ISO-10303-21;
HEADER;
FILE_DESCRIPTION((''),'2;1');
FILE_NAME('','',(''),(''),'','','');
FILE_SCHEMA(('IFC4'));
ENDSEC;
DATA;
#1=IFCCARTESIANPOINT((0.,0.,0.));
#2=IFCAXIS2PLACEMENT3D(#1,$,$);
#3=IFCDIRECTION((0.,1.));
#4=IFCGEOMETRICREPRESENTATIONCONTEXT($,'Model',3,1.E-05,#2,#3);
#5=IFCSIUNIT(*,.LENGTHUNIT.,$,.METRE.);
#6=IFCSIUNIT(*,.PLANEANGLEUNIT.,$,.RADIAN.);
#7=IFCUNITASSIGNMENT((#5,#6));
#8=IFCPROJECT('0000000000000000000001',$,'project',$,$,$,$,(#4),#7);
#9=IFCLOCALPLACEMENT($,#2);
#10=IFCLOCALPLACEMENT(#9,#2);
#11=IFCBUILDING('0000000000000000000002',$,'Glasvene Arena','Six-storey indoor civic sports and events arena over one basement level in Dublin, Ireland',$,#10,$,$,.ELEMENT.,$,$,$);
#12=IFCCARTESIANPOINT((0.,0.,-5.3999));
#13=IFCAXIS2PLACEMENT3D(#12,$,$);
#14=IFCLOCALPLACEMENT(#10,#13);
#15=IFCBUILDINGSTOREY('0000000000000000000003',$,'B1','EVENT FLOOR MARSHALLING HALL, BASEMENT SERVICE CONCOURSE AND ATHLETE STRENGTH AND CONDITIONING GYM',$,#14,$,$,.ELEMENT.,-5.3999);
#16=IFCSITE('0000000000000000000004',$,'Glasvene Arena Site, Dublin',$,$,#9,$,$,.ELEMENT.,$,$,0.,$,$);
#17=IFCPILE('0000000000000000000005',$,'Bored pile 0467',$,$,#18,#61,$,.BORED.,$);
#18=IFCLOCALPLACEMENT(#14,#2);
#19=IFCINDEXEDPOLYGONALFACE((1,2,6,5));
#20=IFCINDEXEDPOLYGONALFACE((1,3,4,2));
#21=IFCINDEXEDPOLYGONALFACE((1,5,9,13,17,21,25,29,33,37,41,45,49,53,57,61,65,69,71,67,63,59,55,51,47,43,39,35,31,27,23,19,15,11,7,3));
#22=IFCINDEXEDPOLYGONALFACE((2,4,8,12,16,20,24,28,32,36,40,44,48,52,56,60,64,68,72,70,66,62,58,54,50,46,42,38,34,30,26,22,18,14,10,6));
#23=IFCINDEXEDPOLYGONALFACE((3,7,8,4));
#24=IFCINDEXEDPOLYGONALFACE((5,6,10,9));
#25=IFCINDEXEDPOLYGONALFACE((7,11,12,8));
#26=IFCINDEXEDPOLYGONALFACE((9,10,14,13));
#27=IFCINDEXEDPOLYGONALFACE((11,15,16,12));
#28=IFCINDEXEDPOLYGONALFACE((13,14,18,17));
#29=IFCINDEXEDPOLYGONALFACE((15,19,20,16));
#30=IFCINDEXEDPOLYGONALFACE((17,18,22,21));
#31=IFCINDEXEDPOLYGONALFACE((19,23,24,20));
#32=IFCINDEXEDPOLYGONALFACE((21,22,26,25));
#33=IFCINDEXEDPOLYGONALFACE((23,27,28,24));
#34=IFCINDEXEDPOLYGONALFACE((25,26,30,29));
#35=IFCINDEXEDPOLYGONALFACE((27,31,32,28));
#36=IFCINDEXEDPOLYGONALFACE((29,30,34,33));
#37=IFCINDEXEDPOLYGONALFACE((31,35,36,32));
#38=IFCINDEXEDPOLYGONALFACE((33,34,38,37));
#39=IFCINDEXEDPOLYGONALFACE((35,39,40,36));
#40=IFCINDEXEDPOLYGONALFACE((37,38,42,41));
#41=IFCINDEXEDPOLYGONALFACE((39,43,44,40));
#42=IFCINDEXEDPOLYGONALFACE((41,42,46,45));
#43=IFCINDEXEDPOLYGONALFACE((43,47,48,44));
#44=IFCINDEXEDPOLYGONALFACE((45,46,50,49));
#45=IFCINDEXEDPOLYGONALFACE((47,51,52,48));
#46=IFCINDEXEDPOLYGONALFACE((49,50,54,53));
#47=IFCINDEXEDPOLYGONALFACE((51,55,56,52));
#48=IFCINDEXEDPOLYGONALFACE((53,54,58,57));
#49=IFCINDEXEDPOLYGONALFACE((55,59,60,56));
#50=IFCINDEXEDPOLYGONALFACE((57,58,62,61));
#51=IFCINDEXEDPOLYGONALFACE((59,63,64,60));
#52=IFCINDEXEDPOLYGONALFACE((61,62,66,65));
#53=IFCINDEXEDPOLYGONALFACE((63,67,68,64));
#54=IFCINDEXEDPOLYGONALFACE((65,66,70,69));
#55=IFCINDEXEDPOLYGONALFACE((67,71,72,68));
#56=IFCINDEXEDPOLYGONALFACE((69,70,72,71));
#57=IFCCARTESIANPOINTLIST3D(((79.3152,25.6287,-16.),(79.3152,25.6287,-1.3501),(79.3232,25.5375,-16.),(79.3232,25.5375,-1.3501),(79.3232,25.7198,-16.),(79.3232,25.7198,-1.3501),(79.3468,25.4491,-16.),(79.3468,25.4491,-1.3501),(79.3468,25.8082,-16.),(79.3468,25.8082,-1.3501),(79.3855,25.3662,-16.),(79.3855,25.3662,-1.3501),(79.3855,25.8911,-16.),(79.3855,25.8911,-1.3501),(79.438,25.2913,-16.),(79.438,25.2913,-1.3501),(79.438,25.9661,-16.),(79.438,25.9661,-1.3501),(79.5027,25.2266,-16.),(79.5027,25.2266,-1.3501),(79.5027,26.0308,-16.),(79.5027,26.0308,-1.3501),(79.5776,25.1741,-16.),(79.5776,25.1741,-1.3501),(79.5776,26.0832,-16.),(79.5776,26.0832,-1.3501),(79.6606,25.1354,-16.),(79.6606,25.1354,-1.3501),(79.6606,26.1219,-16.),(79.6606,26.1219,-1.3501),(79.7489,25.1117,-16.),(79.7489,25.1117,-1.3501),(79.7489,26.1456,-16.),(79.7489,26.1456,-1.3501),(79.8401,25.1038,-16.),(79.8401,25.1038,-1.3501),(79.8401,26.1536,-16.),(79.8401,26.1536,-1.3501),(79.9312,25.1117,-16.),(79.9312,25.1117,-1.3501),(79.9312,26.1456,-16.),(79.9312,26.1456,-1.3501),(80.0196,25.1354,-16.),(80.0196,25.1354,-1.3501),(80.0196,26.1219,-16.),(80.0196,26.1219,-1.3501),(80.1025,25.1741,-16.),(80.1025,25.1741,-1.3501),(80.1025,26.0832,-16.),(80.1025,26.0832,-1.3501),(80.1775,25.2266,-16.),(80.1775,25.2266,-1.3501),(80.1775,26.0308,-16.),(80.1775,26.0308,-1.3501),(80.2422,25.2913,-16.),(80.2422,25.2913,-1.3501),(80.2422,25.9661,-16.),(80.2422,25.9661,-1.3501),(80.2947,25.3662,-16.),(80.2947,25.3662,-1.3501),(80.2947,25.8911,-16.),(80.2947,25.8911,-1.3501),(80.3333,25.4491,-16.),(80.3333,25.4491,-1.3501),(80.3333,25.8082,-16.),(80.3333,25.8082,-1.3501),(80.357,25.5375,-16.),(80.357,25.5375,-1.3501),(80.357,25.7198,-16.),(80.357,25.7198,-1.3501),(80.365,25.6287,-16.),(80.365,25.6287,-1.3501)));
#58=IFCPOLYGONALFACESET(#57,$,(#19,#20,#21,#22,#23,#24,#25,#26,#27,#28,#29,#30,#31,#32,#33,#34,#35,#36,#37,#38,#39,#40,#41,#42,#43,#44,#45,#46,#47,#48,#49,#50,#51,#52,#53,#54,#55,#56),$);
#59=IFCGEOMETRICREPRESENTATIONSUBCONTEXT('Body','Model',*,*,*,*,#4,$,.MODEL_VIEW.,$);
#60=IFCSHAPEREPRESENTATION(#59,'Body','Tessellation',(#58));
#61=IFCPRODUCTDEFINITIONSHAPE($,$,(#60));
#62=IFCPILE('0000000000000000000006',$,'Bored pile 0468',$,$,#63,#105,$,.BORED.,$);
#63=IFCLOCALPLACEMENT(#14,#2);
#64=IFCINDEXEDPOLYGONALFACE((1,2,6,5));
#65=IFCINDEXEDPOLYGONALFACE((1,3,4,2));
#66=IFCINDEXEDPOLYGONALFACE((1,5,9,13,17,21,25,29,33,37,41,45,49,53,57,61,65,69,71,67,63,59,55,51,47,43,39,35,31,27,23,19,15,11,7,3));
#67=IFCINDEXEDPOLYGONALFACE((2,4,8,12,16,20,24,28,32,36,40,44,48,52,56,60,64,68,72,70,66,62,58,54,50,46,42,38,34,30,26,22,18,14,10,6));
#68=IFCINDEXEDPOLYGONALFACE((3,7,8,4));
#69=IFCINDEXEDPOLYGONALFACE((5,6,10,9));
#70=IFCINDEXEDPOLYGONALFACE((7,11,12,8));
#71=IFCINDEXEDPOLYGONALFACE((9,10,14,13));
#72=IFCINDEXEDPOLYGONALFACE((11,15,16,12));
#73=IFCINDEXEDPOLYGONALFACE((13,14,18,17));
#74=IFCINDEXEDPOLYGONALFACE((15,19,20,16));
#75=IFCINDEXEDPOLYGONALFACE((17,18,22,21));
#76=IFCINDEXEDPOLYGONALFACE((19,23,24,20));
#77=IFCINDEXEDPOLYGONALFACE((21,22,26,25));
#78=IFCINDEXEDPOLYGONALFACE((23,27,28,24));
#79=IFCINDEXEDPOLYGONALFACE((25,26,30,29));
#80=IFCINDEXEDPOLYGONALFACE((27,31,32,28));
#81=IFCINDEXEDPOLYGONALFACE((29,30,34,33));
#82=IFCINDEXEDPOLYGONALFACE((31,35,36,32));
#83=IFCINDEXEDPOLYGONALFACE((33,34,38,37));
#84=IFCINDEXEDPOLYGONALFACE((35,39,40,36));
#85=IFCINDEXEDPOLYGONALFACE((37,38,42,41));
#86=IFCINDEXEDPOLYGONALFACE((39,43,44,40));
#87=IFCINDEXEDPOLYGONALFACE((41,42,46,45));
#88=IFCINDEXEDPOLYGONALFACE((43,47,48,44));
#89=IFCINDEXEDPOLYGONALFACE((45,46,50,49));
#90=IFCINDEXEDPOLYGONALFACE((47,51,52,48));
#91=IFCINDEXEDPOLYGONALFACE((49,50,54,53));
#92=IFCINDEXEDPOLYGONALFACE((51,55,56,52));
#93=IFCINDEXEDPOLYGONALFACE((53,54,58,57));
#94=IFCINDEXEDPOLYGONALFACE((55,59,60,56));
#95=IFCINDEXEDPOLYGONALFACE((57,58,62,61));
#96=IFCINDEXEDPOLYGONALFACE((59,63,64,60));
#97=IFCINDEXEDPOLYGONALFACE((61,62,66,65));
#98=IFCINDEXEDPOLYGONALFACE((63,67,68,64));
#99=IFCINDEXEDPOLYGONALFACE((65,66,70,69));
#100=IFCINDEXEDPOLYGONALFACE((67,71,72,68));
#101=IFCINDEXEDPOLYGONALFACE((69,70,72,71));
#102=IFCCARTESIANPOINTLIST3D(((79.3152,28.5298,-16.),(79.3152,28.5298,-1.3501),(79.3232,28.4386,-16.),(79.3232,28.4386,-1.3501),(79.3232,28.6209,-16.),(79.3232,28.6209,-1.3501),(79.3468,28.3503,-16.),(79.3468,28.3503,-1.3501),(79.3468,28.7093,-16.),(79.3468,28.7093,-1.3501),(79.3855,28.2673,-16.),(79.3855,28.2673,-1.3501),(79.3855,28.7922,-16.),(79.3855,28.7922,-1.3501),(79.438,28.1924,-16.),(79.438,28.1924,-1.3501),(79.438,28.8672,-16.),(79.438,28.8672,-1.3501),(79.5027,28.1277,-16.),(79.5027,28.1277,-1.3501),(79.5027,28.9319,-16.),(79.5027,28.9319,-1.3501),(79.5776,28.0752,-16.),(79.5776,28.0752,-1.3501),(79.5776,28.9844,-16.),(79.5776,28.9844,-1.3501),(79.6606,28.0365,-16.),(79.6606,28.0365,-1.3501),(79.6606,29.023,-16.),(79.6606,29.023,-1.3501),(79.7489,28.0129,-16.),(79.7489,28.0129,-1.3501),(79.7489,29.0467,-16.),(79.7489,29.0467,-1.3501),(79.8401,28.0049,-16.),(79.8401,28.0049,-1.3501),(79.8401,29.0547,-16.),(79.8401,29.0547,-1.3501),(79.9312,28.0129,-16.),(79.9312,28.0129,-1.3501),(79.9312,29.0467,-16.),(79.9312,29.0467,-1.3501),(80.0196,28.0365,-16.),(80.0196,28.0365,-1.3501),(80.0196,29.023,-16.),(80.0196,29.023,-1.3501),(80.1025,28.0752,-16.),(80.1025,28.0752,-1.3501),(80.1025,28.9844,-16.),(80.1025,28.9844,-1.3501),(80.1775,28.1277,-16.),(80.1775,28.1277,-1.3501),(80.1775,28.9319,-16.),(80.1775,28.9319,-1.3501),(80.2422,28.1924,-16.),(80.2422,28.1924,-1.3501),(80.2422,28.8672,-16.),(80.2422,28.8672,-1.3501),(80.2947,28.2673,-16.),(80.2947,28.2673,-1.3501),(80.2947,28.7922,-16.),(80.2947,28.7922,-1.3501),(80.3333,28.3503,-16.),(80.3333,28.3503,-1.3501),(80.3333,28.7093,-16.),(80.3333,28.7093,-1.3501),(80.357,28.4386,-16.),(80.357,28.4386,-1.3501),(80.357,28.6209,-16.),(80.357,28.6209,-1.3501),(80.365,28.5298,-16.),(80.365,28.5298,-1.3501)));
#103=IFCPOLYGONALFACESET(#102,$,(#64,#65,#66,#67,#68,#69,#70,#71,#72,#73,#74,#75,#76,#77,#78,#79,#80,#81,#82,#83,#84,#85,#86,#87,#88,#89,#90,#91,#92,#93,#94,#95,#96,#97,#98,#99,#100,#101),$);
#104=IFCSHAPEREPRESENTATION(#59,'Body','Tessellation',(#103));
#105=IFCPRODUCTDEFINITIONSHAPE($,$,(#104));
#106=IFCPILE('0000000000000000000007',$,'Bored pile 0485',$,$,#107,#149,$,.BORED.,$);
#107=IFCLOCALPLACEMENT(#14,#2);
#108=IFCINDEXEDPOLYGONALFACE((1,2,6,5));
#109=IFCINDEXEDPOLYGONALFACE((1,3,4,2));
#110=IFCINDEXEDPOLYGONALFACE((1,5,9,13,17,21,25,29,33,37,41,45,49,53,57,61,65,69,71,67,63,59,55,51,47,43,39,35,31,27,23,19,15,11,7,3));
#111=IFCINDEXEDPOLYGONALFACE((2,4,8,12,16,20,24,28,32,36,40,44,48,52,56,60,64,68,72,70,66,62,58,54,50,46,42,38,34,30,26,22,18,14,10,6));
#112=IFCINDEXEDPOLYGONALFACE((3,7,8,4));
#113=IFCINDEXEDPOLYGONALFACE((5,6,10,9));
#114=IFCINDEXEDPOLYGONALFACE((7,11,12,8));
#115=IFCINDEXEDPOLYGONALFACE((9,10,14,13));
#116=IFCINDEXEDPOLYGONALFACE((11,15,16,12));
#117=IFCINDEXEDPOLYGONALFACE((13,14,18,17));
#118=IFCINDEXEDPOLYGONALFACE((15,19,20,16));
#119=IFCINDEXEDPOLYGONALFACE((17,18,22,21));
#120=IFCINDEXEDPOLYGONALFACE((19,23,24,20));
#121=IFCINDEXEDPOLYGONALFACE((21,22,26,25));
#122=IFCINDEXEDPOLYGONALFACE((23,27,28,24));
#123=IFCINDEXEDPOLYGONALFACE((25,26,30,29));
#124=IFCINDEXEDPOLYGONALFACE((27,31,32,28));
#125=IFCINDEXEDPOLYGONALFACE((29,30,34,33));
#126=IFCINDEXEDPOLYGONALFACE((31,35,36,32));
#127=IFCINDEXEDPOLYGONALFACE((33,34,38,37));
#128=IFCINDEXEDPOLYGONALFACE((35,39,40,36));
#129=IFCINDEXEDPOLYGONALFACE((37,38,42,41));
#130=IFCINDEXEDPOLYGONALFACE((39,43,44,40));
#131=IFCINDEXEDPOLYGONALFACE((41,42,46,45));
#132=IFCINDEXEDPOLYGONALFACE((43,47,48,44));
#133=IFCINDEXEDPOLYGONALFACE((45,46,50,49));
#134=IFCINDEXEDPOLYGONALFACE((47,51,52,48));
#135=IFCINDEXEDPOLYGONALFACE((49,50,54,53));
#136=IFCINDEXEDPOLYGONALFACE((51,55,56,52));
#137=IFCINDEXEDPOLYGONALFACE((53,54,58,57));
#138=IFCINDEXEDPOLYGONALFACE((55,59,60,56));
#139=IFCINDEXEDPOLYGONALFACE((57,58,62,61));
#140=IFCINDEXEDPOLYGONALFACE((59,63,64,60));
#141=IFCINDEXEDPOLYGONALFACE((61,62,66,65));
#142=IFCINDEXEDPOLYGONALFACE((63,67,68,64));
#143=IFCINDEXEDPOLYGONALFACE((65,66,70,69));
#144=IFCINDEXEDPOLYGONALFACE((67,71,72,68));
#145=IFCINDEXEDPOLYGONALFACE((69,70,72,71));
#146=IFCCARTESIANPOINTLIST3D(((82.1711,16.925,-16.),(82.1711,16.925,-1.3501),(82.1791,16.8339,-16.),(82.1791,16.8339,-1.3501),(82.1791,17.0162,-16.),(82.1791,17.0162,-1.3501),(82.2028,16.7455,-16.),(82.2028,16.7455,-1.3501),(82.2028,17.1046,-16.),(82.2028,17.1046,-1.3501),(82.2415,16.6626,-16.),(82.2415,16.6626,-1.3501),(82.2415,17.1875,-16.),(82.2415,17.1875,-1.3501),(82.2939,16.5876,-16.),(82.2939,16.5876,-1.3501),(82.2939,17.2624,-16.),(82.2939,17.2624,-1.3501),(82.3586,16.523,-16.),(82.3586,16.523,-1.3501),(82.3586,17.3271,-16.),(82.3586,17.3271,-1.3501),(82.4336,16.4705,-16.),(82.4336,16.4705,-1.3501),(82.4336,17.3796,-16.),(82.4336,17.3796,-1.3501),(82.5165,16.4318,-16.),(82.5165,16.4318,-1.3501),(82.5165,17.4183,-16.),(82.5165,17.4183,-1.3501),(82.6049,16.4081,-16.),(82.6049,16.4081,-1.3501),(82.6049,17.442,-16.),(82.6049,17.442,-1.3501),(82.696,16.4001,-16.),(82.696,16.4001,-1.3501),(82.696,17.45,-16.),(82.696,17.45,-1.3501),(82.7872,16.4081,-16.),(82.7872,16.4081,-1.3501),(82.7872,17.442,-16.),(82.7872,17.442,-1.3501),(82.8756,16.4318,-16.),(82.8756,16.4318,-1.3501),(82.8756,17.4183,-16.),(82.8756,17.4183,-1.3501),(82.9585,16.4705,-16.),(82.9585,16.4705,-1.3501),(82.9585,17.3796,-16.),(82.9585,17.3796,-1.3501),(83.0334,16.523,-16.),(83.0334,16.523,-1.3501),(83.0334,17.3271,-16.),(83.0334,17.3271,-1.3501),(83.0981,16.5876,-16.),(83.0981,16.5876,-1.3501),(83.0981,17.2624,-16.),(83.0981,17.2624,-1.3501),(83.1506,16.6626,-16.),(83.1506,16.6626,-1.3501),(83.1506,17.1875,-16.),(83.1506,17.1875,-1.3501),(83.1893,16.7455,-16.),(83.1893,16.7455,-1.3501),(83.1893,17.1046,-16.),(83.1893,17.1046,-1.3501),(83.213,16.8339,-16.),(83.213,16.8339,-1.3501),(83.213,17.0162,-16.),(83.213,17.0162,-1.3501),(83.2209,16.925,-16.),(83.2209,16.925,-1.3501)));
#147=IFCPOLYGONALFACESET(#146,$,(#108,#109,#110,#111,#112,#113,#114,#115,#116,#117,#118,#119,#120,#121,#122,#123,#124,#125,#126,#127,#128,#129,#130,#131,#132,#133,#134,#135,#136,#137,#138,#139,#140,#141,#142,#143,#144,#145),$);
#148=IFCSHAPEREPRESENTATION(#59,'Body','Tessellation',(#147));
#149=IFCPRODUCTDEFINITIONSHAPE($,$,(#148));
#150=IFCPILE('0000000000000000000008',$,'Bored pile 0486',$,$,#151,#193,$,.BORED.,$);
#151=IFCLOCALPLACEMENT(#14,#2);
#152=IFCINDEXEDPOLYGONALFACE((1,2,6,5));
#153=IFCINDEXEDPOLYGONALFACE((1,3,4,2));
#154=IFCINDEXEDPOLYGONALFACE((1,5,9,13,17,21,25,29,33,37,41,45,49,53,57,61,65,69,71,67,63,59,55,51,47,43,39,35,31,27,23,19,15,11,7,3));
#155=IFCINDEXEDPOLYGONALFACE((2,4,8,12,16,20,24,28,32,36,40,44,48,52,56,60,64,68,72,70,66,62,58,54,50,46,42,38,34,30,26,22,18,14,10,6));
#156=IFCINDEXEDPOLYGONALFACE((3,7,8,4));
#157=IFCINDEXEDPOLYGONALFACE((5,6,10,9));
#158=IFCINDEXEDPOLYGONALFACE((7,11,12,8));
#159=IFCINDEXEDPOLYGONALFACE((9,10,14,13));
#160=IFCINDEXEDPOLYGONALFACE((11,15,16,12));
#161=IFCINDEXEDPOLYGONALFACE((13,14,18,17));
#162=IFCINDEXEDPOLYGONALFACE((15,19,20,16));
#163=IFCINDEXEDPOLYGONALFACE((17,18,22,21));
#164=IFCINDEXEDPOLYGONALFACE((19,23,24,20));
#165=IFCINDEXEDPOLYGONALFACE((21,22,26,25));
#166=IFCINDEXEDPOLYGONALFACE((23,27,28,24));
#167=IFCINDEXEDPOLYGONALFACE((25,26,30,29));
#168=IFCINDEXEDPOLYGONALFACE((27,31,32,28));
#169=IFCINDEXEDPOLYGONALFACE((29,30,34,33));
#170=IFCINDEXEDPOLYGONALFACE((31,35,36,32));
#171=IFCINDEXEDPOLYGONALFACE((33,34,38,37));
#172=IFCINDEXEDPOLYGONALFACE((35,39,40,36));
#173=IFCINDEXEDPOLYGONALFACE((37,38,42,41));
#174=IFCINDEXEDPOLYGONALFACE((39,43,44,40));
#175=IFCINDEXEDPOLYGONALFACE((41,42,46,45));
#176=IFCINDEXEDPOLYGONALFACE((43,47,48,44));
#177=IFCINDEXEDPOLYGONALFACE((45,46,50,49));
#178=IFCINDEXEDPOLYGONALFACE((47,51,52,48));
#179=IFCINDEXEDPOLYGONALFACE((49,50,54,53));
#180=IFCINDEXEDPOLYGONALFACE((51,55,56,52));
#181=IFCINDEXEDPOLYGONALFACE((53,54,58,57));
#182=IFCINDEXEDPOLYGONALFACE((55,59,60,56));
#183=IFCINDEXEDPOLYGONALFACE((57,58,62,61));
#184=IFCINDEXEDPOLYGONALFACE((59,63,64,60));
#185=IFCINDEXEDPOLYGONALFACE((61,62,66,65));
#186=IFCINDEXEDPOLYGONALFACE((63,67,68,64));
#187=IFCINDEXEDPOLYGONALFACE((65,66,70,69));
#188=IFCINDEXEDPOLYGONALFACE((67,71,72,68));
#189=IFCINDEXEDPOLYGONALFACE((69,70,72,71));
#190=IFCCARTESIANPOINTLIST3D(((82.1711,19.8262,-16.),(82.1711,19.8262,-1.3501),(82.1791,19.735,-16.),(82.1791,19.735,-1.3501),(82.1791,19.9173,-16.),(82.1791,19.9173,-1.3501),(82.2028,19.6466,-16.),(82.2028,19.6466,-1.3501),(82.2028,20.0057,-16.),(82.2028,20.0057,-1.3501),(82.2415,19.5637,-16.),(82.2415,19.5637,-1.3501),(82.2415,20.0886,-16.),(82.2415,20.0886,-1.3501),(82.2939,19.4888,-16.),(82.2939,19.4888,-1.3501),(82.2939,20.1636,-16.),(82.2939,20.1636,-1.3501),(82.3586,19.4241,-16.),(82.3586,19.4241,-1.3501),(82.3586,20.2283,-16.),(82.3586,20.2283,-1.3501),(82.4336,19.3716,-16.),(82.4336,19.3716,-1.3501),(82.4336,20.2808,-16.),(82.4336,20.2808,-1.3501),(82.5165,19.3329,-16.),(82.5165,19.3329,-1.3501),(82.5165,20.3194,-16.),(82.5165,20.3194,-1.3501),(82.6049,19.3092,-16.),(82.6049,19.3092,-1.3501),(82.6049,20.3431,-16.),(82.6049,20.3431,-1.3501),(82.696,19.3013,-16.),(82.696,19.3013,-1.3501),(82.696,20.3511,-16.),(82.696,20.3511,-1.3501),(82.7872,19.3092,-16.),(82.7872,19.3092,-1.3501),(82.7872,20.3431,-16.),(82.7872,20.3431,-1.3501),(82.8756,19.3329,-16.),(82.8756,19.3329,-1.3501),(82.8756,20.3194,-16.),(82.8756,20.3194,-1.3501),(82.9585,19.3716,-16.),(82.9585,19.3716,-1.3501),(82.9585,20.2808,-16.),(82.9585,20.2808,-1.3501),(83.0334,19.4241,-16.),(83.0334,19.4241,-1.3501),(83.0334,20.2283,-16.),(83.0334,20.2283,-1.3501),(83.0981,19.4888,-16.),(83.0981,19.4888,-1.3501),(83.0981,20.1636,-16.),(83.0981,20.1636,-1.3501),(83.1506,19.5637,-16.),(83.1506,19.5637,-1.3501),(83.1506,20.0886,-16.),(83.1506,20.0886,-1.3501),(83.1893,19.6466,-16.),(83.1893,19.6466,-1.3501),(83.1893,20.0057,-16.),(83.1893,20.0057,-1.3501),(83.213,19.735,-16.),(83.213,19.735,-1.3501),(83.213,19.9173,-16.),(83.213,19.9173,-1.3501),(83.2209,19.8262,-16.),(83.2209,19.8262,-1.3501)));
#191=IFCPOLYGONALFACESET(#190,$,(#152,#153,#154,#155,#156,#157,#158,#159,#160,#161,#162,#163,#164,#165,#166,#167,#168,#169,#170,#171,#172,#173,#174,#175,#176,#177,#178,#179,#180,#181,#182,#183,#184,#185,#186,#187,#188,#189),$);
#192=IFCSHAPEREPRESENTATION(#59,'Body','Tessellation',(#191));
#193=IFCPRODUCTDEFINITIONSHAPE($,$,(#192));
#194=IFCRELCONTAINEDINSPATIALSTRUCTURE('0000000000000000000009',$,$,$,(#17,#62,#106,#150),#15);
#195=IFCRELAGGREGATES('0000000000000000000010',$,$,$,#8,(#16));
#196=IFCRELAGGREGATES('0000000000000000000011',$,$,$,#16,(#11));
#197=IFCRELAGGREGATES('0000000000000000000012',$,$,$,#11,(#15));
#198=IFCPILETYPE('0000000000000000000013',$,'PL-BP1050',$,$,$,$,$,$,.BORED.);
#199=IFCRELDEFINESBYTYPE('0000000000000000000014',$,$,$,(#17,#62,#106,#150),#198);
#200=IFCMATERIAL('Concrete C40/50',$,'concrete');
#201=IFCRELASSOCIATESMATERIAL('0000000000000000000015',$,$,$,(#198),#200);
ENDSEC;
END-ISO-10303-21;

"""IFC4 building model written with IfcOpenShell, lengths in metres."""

from ifc_helpers import new_model, si_unit, direction, frame, origin, origin_2d, place, context, subcontext, project, spatial, circle, extrude, material, material_profile, profile_set, type_object, element, save


model = new_model("IFC4")

# Units and contexts
model_context = context("Model", 3, precision=1e-05, world=origin(), true_north=direction((0.0, 1.0)))
body_context = subcontext(model_context, "Body", "Model", "MODEL_VIEW")
ifc_project = project(units=[si_unit("LENGTHUNIT", "METRE"), si_unit("PLANEANGLEUNIT", "RADIAN")], contexts=[model_context])

# Site, building, storey
site_placement = place(None, origin())
site = spatial("IfcSite", under=ifc_project, at=site_placement, Name="Glasvene Arena Site, Dublin", CompositionType="ELEMENT", RefElevation=0.0)
building_placement = place(site_placement, origin())
building = spatial("IfcBuilding", under=site, at=building_placement, Name="Glasvene Arena", Description="Six-storey indoor civic sports and events arena over one basement level in Dublin, Ireland", CompositionType="ELEMENT")
storey_placement = place(building_placement, frame((0.0, 0.0, -5.3999)))
storey = spatial("IfcBuildingStorey", under=building, at=storey_placement, Name="B1", Description="EVENT FLOOR MARSHALLING HALL, BASEMENT SERVICE CONCOURSE AND ATHLETE STRENGTH AND CONDITIONING GYM", CompositionType="ELEMENT", Elevation=-5.3999)

# Piles
ifc_material_1 = material(Name="Concrete C40/50", Category="concrete")
ifc_material_profile_1 = material_profile(ifc_material_1, circle(Radius=0.5249, at=origin_2d()), Name="BORED PILE 1050")
ifc_profile_set_1 = profile_set([ifc_material_profile_1], Name="Concrete C40/50")
pile_type = type_object("IfcPileType", Name="PL-BP1050", PredefinedType="BORED", material=ifc_profile_set_1)
for number, where, z_axis, x_axis, name in (
    (1, (79.8401, 25.6287, -1.3501), (0.0, 0.0, -1.0), (1.0, 0.0, 0.0), "Bored pile 0467"),
    (2, (79.8401, 28.5298, -1.3501), (0.0, 0.0, -1.0), (1.0, 0.0, 0.0), "Bored pile 0468"),
    (3, (82.696, 16.925, -1.3501), (0.0, 0.0, -1.0), (1.0, 0.0, 0.0), "Bored pile 0485"),
    (4, (82.696, 19.8262, -1.3501), (0.0, 0.0, -1.0), (1.0, 0.0, 0.0), "Bored pile 0486"),
):
    element("IfcPile", number, at=place(storey_placement, frame(where, z_axis=z_axis, x_axis=x_axis)), inside=storey, type_object=pile_type, Name=name, PredefinedType="BORED", context=body_context, shape_type="SweptSolid", body=[
        extrude(circle(Radius=0.5249, at=origin_2d()), origin(), (0.0, 0.0, 1.0), 14.6499),
    ])

save(model, "model.ifc")
